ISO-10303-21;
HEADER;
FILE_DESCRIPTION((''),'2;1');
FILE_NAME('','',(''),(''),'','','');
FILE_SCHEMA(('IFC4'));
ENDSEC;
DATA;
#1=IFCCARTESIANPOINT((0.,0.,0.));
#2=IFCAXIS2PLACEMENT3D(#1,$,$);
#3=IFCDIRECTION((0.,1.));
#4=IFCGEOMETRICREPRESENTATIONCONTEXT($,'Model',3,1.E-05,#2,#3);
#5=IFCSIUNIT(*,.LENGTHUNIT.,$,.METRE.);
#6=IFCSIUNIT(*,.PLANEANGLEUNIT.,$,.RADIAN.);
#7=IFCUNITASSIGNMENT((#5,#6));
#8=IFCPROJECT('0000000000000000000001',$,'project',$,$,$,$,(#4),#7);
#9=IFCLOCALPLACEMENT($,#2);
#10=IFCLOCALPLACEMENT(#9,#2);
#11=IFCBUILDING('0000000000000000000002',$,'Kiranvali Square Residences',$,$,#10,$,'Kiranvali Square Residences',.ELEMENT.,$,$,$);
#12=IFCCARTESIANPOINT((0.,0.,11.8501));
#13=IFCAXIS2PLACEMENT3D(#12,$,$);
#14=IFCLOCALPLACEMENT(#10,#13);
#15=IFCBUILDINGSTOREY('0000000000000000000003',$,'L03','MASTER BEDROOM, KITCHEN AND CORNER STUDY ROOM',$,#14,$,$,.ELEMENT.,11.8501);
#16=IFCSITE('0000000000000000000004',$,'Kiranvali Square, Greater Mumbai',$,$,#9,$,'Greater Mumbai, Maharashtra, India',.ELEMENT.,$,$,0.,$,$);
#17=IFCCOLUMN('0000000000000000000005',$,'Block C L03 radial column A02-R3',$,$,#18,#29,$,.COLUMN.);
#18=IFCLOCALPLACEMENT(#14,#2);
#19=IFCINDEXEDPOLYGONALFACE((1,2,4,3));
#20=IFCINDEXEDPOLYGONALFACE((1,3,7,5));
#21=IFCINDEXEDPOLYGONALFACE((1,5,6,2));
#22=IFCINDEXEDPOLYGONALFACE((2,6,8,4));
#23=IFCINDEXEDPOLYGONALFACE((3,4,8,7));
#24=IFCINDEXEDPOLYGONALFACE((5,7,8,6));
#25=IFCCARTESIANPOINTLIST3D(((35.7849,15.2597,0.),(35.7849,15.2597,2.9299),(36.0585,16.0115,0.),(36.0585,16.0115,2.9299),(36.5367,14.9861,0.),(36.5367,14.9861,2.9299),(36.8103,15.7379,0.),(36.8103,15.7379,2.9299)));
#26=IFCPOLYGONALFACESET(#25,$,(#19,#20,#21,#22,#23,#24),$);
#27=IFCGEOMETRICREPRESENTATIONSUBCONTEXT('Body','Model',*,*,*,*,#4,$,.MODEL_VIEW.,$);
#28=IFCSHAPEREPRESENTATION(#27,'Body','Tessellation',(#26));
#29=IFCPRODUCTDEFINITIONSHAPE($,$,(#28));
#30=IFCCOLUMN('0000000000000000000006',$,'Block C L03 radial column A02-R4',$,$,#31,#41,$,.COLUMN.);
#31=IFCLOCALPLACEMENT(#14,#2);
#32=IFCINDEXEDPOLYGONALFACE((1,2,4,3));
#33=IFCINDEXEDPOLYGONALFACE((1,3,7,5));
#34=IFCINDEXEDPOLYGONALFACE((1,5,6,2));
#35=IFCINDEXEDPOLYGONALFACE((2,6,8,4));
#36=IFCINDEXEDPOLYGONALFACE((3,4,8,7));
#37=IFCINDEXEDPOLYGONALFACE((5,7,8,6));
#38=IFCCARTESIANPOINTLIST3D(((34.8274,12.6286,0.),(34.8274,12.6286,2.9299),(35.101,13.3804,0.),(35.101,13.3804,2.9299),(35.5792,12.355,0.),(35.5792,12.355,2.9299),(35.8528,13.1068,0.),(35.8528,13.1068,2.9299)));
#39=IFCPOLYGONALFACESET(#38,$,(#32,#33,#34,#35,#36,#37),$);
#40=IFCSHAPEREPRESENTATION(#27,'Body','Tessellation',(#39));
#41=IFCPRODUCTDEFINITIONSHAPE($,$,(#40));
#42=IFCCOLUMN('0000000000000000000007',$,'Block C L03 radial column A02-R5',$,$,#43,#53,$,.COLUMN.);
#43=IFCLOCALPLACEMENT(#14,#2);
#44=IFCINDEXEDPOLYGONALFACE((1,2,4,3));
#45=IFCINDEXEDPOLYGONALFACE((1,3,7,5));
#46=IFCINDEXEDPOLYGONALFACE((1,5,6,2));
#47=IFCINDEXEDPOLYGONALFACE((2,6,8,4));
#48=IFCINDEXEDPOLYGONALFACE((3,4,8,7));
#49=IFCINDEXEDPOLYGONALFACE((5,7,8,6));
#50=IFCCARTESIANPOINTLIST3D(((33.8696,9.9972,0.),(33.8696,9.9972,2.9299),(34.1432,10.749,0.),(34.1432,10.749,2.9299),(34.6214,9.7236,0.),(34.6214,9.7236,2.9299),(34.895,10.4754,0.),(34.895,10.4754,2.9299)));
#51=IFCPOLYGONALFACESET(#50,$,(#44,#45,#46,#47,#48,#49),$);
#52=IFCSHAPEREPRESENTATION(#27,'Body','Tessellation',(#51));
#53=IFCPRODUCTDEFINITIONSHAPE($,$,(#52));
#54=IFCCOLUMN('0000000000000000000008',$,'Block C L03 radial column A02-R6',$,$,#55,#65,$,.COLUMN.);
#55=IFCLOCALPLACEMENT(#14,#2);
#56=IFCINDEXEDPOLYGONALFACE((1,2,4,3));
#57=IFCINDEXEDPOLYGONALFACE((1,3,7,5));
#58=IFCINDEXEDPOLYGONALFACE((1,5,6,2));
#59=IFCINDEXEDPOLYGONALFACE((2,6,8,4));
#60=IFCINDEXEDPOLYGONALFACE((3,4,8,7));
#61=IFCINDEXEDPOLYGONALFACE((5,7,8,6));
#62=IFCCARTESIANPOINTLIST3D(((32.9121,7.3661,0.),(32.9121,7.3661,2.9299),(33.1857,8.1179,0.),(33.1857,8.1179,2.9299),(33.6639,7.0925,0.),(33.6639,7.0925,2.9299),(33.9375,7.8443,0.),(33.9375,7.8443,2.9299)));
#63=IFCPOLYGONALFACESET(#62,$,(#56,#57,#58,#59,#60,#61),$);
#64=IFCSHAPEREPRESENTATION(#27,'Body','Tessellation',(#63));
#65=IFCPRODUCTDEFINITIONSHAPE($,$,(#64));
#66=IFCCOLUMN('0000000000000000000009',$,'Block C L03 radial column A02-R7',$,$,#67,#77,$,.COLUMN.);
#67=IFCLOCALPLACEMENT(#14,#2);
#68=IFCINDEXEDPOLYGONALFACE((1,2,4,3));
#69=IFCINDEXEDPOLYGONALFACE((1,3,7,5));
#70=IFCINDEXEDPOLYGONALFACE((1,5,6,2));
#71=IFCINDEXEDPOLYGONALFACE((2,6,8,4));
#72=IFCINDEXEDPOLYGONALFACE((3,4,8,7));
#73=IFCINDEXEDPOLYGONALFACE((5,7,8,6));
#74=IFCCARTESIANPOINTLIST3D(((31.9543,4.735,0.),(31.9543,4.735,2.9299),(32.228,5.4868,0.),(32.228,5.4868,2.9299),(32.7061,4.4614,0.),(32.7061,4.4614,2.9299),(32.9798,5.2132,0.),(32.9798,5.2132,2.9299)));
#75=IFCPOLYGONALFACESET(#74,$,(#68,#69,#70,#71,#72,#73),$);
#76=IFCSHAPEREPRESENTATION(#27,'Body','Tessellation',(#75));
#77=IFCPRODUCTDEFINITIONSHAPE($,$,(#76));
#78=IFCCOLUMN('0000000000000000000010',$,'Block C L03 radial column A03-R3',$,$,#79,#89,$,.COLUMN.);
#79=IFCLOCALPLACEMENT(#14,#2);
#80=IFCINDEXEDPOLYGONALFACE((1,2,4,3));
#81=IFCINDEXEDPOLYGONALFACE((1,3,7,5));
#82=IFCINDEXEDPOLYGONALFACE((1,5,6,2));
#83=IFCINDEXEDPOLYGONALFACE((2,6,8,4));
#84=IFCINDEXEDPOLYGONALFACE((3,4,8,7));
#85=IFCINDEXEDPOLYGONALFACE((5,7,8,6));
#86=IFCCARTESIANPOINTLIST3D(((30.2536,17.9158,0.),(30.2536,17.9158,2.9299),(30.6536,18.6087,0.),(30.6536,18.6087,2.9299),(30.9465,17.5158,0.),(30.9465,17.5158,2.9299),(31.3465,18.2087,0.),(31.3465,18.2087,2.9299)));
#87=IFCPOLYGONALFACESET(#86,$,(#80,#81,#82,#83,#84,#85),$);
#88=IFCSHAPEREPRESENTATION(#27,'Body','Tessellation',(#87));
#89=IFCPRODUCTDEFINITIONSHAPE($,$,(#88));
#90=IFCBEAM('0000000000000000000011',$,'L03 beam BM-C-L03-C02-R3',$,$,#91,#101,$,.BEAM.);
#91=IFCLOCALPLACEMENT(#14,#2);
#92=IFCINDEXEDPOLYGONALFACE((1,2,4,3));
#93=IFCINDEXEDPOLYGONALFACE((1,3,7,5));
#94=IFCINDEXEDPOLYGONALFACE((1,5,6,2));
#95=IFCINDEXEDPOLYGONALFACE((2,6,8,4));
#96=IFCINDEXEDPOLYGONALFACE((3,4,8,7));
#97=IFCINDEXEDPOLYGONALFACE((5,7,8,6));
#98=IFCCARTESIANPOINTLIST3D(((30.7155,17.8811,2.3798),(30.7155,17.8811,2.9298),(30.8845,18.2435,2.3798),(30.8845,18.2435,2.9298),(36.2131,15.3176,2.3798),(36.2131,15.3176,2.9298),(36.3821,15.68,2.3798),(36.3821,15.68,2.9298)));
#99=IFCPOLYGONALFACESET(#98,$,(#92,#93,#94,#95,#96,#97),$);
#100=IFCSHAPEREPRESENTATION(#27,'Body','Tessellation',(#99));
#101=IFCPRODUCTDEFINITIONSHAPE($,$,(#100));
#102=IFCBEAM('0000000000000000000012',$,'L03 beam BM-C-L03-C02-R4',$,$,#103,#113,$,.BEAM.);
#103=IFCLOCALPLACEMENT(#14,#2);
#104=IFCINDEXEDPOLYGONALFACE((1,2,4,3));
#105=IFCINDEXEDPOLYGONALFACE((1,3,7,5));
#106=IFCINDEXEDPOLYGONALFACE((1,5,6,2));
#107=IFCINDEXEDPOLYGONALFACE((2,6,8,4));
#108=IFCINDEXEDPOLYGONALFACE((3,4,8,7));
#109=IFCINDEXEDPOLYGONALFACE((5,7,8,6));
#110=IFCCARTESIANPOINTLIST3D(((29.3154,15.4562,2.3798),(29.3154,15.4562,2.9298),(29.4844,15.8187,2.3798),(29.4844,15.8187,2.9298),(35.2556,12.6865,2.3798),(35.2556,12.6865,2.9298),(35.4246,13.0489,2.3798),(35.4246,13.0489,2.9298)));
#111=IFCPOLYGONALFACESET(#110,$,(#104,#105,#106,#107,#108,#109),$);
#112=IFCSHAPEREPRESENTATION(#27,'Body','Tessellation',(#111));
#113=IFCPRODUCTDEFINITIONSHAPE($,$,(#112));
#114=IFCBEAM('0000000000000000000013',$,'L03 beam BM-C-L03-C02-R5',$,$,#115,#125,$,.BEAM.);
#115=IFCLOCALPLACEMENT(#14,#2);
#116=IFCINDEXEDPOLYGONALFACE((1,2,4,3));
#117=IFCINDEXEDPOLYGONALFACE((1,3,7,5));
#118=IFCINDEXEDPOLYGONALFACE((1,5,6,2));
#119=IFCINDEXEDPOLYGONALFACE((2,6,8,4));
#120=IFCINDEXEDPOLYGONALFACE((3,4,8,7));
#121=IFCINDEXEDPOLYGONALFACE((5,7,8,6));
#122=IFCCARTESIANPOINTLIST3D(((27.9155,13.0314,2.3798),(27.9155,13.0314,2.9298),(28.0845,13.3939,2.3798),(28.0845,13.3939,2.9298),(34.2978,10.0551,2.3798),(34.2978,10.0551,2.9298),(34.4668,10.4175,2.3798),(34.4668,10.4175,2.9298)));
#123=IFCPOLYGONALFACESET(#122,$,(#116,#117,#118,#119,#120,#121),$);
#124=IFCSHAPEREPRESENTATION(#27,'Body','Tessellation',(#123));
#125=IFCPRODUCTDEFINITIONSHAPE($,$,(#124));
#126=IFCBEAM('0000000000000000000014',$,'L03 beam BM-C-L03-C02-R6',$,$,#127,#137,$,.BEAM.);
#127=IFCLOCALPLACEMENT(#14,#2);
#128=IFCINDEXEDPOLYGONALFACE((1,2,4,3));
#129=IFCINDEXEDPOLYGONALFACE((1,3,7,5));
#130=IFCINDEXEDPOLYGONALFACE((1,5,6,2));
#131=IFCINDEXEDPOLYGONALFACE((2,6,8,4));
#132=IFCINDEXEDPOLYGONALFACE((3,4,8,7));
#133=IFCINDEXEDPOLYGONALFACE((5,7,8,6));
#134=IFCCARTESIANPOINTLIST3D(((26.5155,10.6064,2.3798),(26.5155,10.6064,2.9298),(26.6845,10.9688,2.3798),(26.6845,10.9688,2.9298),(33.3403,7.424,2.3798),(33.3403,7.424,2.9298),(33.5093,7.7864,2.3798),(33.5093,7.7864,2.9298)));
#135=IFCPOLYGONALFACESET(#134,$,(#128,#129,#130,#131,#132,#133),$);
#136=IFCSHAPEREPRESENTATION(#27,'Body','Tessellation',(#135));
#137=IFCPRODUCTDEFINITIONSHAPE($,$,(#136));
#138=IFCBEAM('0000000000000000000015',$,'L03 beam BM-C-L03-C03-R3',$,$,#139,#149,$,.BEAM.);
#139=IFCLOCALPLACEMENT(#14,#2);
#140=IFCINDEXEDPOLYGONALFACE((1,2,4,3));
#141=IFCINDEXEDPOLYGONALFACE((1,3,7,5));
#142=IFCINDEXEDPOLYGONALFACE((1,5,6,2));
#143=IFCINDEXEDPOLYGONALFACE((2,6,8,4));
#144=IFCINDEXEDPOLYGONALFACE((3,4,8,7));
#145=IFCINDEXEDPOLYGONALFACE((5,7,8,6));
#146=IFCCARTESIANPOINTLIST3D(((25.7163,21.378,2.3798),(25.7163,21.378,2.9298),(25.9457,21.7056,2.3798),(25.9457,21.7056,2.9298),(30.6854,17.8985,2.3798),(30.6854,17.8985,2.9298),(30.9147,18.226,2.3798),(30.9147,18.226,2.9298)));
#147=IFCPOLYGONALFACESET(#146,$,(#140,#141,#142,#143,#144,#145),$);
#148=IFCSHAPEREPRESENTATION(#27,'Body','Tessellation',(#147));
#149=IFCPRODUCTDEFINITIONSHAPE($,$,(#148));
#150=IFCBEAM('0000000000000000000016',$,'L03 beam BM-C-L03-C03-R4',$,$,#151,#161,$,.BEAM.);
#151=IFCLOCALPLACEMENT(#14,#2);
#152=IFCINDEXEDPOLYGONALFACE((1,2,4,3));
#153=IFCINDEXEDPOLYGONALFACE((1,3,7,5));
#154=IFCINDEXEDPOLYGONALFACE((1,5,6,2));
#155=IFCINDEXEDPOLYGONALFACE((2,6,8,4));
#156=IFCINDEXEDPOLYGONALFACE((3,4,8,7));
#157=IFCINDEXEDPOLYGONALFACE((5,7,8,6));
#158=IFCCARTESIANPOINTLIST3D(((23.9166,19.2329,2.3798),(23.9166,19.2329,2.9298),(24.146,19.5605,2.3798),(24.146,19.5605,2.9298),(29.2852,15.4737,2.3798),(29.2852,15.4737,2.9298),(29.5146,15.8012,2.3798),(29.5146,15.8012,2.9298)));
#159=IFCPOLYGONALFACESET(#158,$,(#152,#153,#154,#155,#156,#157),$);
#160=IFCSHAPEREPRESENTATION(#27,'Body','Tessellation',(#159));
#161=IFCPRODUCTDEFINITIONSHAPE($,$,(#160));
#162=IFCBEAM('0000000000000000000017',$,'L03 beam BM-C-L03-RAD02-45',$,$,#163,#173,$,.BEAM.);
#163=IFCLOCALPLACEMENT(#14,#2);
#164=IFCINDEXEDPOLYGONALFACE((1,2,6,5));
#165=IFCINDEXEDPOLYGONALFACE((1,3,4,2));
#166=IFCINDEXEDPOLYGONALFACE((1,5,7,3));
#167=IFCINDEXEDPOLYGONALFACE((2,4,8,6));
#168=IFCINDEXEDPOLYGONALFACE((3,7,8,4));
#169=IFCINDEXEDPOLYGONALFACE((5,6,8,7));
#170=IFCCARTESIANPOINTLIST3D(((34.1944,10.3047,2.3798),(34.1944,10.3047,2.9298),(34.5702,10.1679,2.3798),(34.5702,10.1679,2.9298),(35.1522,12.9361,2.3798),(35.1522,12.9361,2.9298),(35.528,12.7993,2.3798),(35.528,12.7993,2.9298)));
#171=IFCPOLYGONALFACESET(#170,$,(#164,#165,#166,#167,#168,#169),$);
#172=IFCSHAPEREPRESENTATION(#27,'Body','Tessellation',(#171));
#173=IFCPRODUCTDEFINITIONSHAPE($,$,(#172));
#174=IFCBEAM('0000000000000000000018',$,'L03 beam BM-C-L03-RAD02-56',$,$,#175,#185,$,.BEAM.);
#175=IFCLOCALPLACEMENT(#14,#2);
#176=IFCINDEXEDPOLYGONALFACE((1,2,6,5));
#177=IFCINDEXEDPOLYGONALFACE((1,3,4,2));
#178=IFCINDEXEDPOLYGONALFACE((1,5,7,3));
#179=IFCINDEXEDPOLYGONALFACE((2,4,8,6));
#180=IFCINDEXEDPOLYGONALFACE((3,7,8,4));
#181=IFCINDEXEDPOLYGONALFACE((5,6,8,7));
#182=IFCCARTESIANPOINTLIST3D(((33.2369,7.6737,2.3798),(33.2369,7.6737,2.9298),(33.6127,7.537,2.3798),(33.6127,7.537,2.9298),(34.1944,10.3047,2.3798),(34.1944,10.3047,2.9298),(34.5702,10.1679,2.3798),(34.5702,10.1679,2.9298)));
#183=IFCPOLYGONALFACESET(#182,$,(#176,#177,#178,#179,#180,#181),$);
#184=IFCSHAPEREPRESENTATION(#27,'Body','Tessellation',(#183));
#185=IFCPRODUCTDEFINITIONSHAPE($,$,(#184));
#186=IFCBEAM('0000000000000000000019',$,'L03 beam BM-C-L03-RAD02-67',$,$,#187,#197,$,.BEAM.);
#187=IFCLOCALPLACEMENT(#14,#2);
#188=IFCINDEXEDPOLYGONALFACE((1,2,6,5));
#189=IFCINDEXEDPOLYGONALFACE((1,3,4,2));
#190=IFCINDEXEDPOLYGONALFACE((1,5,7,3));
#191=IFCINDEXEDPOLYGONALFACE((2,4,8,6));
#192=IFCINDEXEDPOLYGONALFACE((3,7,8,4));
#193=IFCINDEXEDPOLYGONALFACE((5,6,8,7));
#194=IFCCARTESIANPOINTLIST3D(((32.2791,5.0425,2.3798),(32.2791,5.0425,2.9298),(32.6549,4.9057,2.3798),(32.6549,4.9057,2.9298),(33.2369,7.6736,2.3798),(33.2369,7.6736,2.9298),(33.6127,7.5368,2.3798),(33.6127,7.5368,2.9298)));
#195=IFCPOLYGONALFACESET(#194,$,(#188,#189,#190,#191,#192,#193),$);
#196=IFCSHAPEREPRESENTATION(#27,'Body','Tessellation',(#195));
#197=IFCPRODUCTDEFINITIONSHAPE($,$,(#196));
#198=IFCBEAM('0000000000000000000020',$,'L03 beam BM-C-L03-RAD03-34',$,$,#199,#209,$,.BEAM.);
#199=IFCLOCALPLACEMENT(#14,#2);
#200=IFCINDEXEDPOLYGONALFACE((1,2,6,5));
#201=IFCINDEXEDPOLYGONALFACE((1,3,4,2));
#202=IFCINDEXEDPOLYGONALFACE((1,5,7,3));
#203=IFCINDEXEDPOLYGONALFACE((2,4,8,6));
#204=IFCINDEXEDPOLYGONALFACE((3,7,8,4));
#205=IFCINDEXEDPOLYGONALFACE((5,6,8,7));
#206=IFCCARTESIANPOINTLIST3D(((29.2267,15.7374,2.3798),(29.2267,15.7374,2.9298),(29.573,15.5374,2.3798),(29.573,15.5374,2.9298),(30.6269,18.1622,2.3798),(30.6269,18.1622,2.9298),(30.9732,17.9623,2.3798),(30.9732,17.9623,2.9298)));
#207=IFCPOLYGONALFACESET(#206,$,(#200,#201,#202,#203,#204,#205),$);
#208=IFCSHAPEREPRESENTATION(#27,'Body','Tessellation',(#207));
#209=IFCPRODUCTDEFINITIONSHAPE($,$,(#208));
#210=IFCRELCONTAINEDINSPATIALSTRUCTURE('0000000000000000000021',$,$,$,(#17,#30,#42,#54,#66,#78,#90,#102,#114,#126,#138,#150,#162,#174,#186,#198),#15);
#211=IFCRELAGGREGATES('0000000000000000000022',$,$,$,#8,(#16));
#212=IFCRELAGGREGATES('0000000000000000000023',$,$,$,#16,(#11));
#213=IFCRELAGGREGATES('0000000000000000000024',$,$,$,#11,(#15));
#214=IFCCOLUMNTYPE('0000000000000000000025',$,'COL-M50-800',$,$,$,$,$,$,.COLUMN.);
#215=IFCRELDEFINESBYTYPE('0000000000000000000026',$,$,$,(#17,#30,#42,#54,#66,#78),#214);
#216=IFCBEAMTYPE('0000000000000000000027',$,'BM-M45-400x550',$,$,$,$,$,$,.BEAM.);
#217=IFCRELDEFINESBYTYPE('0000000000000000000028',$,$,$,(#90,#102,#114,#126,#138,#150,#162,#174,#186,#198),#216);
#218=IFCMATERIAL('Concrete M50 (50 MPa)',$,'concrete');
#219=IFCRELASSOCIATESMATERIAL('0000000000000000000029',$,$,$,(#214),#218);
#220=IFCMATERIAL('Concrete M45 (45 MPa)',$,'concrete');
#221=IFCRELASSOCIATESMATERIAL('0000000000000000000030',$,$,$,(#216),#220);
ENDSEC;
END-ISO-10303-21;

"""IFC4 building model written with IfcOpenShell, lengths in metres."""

from ifc_helpers import new_model, si_unit, direction, frame, origin, origin_2d, place, context, subcontext, project, spatial, rectangle, extrude, material, material_profile, profile_set, type_object, element, save


model = new_model("IFC4")

# Units and contexts
model_context = context("Model", 3, precision=1e-05, world=origin(), true_north=direction((0.0, 1.0)))
body_context = subcontext(model_context, "Body", "Model", "MODEL_VIEW")
ifc_project = project(units=[si_unit("LENGTHUNIT", "METRE"), si_unit("PLANEANGLEUNIT", "RADIAN")], contexts=[model_context])

# Site, building, storey
site_placement = place(None, origin())
site = spatial("IfcSite", under=ifc_project, at=site_placement, Name="Kiranvali Square, Greater Mumbai", LongName="Greater Mumbai, Maharashtra, India", CompositionType="ELEMENT", RefElevation=0.0)
building_placement = place(site_placement, origin())
building = spatial("IfcBuilding", under=site, at=building_placement, Name="Kiranvali Square Residences", LongName="Kiranvali Square Residences", CompositionType="ELEMENT")
storey_placement = place(building_placement, frame((0.0, 0.0, 11.8501)))
storey = spatial("IfcBuildingStorey", under=building, at=storey_placement, Name="L03", Description="MASTER BEDROOM, KITCHEN AND CORNER STUDY ROOM", CompositionType="ELEMENT", Elevation=11.8501)

# Columns
ifc_material_1 = material(Name="Concrete M50 (50 MPa)", Category="concrete")
ifc_material_profile_1 = material_profile(ifc_material_1, rectangle(XDim=0.8, YDim=0.8, at=origin_2d()), Name="RC 800x800")
ifc_profile_set_1 = profile_set([ifc_material_profile_1], Name="Concrete M50 (50 MPa)")
column_type = type_object("IfcColumnType", Name="COL-M50-800", PredefinedType="COLUMN", material=ifc_profile_set_1)
for number, where, z_axis, x_axis, name in (
    (1, (36.2976, 15.4988, 0.0), (0.0, 0.0, 1.0), (-0.939693, 0.34202, 0.0), "Block C L03 radial column A02-R3"),
    (2, (35.3401, 12.8677, 0.0), (0.0, 0.0, 1.0), (-0.939693, 0.34202, 0.0), "Block C L03 radial column A02-R4"),
    (3, (34.3823, 10.2363, 0.0), (0.0, 0.0, 1.0), (-0.939693, 0.34202, 0.0), "Block C L03 radial column A02-R5"),
    (4, (33.4248, 7.6052, 0.0), (0.0, 0.0, 1.0), (-0.939693, 0.34202, 0.0), "Block C L03 radial column A02-R6"),
    (5, (32.467, 4.9741, 0.0), (0.0, 0.0, 1.0), (-0.939693, 0.34202, 0.0), "Block C L03 radial column A02-R7"),
    (6, (30.8, 18.0623, 0.0), (0.0, 0.0, 1.0), (-0.866025, 0.5, 0.0), "Block C L03 radial column A03-R3"),
):
    element("IfcColumn", number, at=place(storey_placement, frame(where, z_axis=z_axis, x_axis=x_axis)), inside=storey, type_object=column_type, Name=name, PredefinedType="COLUMN", context=body_context, shape_type="SweptSolid", body=[
        extrude(rectangle(XDim=0.8, YDim=0.8, at=origin_2d()), origin(), (0.0, 0.0, 1.0), 2.9299),
    ])

# Beams
ifc_material_2 = material(Name="Concrete M45 (45 MPa)", Category="concrete")
ifc_material_profile_2 = material_profile(ifc_material_2, rectangle(XDim=0.3999, YDim=0.55, at=origin_2d()), Name="RC 400x550")
ifc_profile_set_2 = profile_set([ifc_material_profile_2], Name="Concrete M45 (45 MPa)")
beam_type_1 = type_object("IfcBeamType", Name="BM-M45-400x550", PredefinedType="BEAM", material=ifc_profile_set_2)
beam_1_placement = place(storey_placement, frame((36.2976, 15.4988, 2.6548), z_axis=(-0.906313, 0.422608, 0.0), x_axis=(-0.422608, -0.906313, 0.0)))
element("IfcBeam", 7, at=beam_1_placement, inside=storey, type_object=beam_type_1, Name="L03 beam BM-C-L03-C02-R3", PredefinedType="BEAM", context=body_context, shape_type="SweptSolid", body=[
    extrude(rectangle(XDim=0.3999, YDim=0.55, at=origin_2d()), origin(), (0.0, 0.0, 1.0), 6.0659),
])
beam_2_placement = place(storey_placement, frame((35.3401, 12.8677, 2.6548), z_axis=(-0.906318, 0.422596, 0.0), x_axis=(-0.422596, -0.906318, 0.0)))
element("IfcBeam", 8, at=beam_2_placement, inside=storey, type_object=beam_type_1, Name="L03 beam BM-C-L03-C02-R4", PredefinedType="BEAM", context=body_context, shape_type="SweptSolid", body=[
    extrude(rectangle(XDim=0.3999, YDim=0.55, at=origin_2d()), origin(), (0.0, 0.0, 1.0), 6.5542),
])
beam_3_placement = place(storey_placement, frame((34.3823, 10.2363, 2.6548), z_axis=(-0.906297, 0.422641, 0.0), x_axis=(-0.422641, -0.906297, 0.0)))
element("IfcBeam", 9, at=beam_3_placement, inside=storey, type_object=beam_type_1, Name="L03 beam BM-C-L03-C02-R5", PredefinedType="BEAM", context=body_context, shape_type="SweptSolid", body=[
    extrude(rectangle(XDim=0.3999, YDim=0.55, at=origin_2d()), origin(), (0.0, 0.0, 1.0), 7.0422),
])
beam_4_placement = place(storey_placement, frame((33.4248, 7.6052, 2.6548), z_axis=(-0.90631, 0.422614, 0.0), x_axis=(-0.422614, -0.90631, 0.0)))
element("IfcBeam", 10, at=beam_4_placement, inside=storey, type_object=beam_type_1, Name="L03 beam BM-C-L03-C02-R6", PredefinedType="BEAM", context=body_context, shape_type="SweptSolid", body=[
    extrude(rectangle(XDim=0.3999, YDim=0.55, at=origin_2d()), origin(), (0.0, 0.0, 1.0), 7.5303),
])
beam_5_placement = place(storey_placement, frame((30.8, 18.0623, 2.6548), z_axis=(-0.819139, 0.573595, 0.0), x_axis=(-0.573595, -0.819139, 0.0)))
element("IfcBeam", 11, at=beam_5_placement, inside=storey, type_object=beam_type_1, Name="L03 beam BM-C-L03-C03-R3", PredefinedType="BEAM", context=body_context, shape_type="SweptSolid", body=[
    extrude(rectangle(XDim=0.3999, YDim=0.55, at=origin_2d()), origin(), (0.0, 0.0, 1.0), 6.0662),
])
beam_6_placement = place(storey_placement, frame((29.3999, 15.6375, 2.6548), z_axis=(-0.819144, 0.573587, 0.0), x_axis=(-0.573587, -0.819144, 0.0)))
element("IfcBeam", 12, at=beam_6_placement, inside=storey, type_object=beam_type_1, Name="L03 beam BM-C-L03-C03-R4", PredefinedType="BEAM", context=body_context, shape_type="SweptSolid", body=[
    extrude(rectangle(XDim=0.3999, YDim=0.55, at=origin_2d()), origin(), (0.0, 0.0, 1.0), 6.554),
])
beam_7_placement = place(storey_placement, frame((35.3401, 12.8677, 2.6548), z_axis=(-0.34203, -0.939689, 0.0), x_axis=(0.939689, -0.34203, 0.0)))
element("IfcBeam", 13, at=beam_7_placement, inside=storey, type_object=beam_type_1, Name="L03 beam BM-C-L03-RAD02-45", PredefinedType="BEAM", context=body_context, shape_type="SweptSolid", body=[
    extrude(rectangle(XDim=0.3999, YDim=0.55, at=origin_2d()), origin(), (0.0, 0.0, 1.0), 2.8003),
])
beam_8_placement = place(storey_placement, frame((34.3823, 10.2363, 2.6548), z_axis=(-0.341981, -0.939707, 0.0), x_axis=(0.939707, -0.341981, 0.0)))
element("IfcBeam", 14, at=beam_8_placement, inside=storey, type_object=beam_type_1, Name="L03 beam BM-C-L03-RAD02-56", PredefinedType="BEAM", context=body_context, shape_type="SweptSolid", body=[
    extrude(rectangle(XDim=0.3999, YDim=0.55, at=origin_2d()), origin(), (0.0, 0.0, 1.0), 2.7998),
])
for number, where, z_axis, x_axis, name in (
    (15, (33.4248, 7.6052, 2.6548), (-0.342058, -0.939679, 0.0), (0.939679, -0.342058, 0.0), "L03 beam BM-C-L03-RAD02-67"),
    (16, (30.8, 18.0623, 2.6548), (-0.50005, -0.865997, 0.0), (0.865997, -0.50005, 0.0), "L03 beam BM-C-L03-RAD03-34"),
):
    element("IfcBeam", number, at=place(storey_placement, frame(where, z_axis=z_axis, x_axis=x_axis)), inside=storey, type_object=beam_type_1, Name=name, PredefinedType="BEAM", context=body_context, shape_type="SweptSolid", body=[
        extrude(rectangle(XDim=0.3999, YDim=0.55, at=origin_2d()), origin(), (0.0, 0.0, 1.0), 2.8),
    ])

save(model, "model.ifc")
